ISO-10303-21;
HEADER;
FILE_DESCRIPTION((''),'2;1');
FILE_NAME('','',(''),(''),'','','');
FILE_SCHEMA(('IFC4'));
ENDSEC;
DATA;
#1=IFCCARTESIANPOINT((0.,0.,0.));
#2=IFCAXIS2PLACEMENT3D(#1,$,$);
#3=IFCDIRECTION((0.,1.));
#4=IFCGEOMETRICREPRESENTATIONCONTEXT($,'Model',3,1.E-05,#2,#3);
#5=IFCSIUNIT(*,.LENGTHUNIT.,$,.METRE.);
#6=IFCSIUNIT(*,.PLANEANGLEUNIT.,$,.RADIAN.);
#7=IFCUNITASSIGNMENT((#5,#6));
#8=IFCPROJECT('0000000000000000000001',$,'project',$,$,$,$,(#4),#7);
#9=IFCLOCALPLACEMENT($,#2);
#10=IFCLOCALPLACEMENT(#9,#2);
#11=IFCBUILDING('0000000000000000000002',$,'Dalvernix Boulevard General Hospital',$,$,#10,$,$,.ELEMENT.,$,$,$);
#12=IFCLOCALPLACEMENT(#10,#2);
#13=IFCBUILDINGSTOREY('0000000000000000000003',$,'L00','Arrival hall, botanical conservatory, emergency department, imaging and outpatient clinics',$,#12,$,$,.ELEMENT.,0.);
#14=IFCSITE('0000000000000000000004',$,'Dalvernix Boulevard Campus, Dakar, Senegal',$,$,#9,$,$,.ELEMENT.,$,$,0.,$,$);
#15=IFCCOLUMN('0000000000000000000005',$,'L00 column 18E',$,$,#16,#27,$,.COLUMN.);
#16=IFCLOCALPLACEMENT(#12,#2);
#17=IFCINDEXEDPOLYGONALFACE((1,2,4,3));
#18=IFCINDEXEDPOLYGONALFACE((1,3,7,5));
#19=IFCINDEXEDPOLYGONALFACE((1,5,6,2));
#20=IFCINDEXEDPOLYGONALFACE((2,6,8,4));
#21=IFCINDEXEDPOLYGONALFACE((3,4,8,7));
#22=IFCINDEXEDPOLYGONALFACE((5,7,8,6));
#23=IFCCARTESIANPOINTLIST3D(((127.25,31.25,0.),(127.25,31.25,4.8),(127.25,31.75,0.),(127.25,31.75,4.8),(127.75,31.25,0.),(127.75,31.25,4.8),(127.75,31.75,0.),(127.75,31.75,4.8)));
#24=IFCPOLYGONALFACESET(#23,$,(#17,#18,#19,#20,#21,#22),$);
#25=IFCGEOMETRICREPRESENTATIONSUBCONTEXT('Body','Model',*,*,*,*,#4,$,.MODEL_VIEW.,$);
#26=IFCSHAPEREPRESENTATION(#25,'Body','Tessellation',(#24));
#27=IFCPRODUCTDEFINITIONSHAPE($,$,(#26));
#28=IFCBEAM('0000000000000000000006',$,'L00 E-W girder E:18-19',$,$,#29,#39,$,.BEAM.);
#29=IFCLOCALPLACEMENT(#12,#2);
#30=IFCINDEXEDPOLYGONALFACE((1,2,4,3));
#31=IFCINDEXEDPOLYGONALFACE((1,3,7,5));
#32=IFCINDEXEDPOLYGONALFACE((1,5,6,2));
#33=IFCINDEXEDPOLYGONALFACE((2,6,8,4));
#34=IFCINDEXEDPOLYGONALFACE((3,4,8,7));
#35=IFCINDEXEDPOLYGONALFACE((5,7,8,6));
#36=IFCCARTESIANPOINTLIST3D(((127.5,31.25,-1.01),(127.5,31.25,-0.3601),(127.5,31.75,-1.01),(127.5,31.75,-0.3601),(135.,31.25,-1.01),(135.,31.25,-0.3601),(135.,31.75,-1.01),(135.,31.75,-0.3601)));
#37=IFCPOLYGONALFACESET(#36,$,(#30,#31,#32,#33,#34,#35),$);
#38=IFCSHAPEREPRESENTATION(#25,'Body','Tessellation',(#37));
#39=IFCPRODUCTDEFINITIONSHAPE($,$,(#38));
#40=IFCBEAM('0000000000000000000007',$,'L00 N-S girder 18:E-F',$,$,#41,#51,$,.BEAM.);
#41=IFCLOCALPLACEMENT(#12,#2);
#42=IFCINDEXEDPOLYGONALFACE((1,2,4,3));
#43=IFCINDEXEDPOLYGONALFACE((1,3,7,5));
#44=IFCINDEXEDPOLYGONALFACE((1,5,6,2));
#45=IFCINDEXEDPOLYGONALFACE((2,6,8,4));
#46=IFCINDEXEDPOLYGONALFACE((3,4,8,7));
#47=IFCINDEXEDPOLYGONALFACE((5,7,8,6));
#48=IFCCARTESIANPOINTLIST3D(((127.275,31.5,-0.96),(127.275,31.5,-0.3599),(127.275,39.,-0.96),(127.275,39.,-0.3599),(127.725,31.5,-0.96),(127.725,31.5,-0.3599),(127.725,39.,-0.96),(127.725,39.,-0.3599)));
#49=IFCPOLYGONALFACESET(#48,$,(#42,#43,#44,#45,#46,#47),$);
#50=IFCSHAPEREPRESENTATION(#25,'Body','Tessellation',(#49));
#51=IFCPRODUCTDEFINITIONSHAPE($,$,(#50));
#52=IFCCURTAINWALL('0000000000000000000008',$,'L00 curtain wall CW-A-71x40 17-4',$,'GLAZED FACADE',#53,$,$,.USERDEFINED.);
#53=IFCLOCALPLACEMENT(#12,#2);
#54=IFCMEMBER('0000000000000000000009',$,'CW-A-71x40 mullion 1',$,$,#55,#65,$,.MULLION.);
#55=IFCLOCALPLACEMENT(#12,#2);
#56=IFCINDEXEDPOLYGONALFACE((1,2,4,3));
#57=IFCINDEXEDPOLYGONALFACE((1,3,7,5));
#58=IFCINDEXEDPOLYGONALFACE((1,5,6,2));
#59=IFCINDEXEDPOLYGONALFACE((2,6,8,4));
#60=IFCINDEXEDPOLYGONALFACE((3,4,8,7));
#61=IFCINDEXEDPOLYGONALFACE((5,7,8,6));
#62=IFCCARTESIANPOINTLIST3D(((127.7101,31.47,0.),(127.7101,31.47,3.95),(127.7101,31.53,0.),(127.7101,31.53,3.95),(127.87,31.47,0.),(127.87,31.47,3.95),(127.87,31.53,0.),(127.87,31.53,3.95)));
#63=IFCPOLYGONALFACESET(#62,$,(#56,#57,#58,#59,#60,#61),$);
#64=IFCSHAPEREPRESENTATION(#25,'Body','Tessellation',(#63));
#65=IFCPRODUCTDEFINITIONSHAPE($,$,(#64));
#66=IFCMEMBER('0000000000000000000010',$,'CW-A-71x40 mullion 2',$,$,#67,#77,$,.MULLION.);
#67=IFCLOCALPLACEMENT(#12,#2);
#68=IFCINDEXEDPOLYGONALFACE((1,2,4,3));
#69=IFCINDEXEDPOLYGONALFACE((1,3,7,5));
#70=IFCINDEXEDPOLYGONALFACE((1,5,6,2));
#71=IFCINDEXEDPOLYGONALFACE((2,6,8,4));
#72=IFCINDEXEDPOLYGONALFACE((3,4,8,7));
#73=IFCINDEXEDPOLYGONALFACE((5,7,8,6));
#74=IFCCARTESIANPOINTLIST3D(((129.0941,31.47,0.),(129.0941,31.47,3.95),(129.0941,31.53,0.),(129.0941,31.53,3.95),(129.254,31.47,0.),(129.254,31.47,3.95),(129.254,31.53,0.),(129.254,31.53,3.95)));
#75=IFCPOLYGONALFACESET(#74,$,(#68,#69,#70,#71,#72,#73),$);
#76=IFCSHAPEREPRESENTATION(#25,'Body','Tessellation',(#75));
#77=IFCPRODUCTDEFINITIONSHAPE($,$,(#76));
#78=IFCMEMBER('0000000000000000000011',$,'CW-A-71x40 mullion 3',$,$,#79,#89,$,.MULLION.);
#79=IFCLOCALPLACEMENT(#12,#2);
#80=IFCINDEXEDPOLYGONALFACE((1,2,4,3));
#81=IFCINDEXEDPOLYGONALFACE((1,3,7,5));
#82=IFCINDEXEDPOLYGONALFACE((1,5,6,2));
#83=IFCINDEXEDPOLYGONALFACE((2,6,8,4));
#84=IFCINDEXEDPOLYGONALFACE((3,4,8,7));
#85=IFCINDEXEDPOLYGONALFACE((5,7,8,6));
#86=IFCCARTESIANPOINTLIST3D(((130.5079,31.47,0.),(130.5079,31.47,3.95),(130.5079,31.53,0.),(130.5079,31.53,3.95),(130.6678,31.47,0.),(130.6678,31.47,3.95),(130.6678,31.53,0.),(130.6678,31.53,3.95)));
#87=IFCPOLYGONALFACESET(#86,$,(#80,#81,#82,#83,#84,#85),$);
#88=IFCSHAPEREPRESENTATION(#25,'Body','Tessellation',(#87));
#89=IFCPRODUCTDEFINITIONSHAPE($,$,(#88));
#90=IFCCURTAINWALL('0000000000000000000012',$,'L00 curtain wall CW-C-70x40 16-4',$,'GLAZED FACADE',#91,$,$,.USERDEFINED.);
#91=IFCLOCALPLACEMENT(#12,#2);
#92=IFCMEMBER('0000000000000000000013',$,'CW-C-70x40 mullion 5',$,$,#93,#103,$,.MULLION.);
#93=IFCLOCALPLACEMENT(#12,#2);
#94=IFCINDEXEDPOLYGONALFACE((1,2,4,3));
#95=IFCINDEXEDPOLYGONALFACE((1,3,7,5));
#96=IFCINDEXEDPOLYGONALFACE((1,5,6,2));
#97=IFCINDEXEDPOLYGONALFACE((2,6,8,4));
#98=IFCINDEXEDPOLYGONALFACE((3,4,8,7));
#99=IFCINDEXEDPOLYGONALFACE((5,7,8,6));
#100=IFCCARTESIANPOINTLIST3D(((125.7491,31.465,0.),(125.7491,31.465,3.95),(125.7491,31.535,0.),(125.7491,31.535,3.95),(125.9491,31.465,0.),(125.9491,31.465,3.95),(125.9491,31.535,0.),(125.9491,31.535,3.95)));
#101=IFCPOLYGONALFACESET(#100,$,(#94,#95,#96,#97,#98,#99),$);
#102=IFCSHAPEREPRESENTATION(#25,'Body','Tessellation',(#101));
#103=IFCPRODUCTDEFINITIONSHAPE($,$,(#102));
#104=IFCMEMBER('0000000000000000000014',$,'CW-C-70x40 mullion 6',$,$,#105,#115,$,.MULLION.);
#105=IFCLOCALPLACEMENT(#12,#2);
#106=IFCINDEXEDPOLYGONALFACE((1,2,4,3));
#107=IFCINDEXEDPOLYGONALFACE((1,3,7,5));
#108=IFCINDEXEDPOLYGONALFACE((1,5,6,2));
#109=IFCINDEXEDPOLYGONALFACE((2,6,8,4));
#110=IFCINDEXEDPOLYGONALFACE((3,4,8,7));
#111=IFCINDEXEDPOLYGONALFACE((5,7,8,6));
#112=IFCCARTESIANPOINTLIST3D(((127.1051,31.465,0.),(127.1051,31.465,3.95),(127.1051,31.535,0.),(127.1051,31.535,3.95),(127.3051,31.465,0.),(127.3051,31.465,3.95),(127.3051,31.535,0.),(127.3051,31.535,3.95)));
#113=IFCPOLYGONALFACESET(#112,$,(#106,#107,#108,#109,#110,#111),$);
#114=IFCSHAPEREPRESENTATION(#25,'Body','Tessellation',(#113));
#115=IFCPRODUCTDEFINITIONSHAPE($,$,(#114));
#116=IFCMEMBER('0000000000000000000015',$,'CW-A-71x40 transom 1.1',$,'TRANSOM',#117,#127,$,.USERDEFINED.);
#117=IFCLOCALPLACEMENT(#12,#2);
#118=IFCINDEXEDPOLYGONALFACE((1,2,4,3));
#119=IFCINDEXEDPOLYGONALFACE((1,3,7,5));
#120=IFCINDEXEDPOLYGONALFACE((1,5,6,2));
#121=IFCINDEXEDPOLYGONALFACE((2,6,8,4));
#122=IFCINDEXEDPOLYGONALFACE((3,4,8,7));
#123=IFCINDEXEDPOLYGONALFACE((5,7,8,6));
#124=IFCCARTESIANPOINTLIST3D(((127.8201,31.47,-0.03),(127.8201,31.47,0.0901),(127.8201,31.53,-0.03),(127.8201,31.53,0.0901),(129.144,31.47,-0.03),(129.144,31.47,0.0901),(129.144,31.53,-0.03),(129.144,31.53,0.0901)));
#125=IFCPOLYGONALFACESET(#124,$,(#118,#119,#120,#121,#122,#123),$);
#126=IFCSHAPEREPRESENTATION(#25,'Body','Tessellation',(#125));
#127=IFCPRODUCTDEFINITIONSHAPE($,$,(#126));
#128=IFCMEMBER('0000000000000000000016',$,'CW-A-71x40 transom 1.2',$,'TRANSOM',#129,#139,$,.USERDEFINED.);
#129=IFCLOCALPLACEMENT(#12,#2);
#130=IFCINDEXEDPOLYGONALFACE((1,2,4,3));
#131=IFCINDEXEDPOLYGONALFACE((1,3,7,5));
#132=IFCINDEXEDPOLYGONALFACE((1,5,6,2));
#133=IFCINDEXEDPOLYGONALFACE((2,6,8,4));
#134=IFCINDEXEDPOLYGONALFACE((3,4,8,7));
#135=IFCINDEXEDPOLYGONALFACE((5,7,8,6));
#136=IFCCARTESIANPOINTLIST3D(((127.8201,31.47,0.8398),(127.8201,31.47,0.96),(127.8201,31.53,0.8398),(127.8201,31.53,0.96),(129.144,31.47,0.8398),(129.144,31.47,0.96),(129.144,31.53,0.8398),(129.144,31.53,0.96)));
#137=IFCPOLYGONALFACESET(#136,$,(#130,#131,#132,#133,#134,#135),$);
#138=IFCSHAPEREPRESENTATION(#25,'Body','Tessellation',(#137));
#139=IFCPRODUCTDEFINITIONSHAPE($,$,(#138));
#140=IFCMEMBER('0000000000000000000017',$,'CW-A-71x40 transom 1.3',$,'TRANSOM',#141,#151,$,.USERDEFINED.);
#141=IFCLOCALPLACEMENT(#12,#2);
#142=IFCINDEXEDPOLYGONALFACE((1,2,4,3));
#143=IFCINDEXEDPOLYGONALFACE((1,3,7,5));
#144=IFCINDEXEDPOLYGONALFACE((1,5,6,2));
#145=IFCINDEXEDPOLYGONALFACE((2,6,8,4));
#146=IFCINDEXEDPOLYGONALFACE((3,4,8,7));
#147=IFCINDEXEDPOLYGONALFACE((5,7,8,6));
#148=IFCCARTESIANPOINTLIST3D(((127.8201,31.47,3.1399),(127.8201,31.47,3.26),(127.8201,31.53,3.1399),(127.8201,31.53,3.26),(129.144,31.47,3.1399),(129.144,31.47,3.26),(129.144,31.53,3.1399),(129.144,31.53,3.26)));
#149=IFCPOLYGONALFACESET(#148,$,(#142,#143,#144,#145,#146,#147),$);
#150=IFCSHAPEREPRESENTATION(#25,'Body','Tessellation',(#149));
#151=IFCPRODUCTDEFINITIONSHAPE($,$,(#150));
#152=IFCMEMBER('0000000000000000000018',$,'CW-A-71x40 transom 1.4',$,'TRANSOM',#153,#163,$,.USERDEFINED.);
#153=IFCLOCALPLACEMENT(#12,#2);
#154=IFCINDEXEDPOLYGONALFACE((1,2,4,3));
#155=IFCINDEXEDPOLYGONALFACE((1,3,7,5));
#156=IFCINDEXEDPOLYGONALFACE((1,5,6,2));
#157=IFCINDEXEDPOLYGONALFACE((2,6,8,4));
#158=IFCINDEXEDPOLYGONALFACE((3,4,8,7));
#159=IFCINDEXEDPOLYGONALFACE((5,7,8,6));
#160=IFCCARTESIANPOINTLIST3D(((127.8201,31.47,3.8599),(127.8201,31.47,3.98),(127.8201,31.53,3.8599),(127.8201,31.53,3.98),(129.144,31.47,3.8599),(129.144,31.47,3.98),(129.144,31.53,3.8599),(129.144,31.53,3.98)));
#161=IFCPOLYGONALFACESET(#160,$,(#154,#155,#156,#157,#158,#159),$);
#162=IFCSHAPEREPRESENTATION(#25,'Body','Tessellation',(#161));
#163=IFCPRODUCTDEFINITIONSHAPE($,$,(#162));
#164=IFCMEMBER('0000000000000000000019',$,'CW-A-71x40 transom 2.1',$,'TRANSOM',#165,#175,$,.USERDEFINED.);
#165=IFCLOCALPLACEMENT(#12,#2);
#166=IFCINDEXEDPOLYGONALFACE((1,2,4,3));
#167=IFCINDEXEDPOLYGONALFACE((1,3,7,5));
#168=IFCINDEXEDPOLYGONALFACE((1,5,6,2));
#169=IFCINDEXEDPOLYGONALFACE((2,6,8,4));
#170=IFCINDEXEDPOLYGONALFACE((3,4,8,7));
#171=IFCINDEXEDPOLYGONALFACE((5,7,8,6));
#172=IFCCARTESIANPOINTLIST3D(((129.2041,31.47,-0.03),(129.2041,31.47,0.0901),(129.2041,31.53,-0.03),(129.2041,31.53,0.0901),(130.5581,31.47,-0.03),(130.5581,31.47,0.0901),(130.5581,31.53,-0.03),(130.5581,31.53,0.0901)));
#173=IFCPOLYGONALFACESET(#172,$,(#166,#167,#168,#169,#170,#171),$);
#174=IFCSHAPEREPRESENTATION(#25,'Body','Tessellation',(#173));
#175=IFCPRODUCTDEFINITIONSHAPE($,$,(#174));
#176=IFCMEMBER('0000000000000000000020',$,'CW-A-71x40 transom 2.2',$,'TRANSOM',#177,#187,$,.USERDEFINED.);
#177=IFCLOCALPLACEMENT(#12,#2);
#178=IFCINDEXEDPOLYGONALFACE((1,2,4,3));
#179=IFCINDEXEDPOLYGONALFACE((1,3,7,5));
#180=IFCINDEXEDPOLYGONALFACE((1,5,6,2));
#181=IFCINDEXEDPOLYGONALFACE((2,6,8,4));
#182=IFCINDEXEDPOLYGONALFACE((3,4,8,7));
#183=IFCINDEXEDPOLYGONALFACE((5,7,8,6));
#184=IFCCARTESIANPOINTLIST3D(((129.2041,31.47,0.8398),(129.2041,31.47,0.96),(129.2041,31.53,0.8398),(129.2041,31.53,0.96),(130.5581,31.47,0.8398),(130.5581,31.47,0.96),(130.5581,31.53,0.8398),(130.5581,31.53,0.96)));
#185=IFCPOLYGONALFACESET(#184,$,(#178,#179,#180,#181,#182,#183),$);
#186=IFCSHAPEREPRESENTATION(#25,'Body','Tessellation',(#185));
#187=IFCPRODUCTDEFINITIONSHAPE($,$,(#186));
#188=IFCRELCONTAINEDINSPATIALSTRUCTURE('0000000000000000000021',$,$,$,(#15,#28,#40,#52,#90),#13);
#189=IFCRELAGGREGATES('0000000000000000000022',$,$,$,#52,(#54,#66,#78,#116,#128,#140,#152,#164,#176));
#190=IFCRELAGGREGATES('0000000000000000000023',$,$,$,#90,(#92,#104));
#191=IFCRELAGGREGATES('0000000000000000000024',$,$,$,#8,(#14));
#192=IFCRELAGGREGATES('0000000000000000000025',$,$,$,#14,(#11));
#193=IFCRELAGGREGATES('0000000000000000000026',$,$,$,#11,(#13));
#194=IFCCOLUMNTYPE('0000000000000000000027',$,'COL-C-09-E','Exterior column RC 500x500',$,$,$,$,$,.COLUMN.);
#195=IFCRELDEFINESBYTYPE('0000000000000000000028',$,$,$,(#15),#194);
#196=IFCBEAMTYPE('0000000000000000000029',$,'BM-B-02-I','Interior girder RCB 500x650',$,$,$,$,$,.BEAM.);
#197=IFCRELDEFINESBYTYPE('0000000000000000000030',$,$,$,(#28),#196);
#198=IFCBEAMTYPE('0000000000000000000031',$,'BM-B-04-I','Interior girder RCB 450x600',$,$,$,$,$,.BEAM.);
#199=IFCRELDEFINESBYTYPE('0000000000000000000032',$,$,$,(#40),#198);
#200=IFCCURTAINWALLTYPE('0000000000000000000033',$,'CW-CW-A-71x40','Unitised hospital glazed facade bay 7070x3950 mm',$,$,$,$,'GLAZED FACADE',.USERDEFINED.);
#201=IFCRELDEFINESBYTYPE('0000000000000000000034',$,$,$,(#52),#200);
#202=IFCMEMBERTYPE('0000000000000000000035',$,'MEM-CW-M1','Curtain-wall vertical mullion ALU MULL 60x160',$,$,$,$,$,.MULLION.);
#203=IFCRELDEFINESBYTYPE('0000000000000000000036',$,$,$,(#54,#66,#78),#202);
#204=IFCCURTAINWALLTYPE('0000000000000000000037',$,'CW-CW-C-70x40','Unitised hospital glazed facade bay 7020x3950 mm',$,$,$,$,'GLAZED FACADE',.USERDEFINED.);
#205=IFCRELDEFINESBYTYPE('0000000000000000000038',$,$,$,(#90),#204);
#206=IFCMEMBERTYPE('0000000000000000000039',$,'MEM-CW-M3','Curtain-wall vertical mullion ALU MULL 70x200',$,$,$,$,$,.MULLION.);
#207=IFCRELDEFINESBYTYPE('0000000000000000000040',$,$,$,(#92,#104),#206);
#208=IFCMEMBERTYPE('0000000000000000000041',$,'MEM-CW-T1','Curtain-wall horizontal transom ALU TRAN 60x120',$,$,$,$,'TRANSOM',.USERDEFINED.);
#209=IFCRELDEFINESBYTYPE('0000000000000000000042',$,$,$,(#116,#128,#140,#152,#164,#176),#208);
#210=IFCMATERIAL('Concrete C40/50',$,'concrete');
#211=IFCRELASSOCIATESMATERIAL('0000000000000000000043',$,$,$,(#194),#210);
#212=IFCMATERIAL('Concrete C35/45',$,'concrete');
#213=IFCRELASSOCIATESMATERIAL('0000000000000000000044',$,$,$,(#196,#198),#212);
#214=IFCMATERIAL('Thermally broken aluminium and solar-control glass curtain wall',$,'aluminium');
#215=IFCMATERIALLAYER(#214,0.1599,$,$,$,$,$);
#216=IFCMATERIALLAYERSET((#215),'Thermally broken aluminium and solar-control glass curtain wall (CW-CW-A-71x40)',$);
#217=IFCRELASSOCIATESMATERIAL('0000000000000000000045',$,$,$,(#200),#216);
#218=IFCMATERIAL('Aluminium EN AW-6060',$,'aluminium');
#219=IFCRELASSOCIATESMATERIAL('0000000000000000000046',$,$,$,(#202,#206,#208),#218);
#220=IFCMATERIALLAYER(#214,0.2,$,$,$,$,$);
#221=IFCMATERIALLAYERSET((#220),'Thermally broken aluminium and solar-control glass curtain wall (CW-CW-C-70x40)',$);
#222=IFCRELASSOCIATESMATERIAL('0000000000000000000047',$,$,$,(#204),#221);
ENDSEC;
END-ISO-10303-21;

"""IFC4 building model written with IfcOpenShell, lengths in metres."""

from ifc_helpers import new_model, si_unit, direction, frame, origin, origin_2d, place, context, subcontext, project, spatial, rectangle, extrude, material, layer, layer_set, material_profile, profile_set, type_object, element, aggregate, save


model = new_model("IFC4")

# Units and contexts
model_context = context("Model", 3, precision=1e-05, world=origin(), true_north=direction((0.0, 1.0)))
body_context = subcontext(model_context, "Body", "Model", "MODEL_VIEW")
ifc_project = project(units=[si_unit("LENGTHUNIT", "METRE"), si_unit("PLANEANGLEUNIT", "RADIAN")], contexts=[model_context])

# Site, building, storey
site_placement = place(None, origin())
site = spatial("IfcSite", under=ifc_project, at=site_placement, Name="Dalvernix Boulevard Campus, Dakar, Senegal", CompositionType="ELEMENT", RefElevation=0.0)
building_placement = place(site_placement, origin())
building = spatial("IfcBuilding", under=site, at=building_placement, Name="Dalvernix Boulevard General Hospital", CompositionType="ELEMENT")
storey_placement = place(building_placement, origin())
storey = spatial("IfcBuildingStorey", under=building, at=storey_placement, Name="L00", Description="Arrival hall, botanical conservatory, emergency department, imaging and outpatient clinics", CompositionType="ELEMENT", Elevation=0.0)

# Column
ifc_material_1 = material(Name="Concrete C40/50", Category="concrete")
ifc_material_profile_1 = material_profile(ifc_material_1, rectangle(XDim=0.5, YDim=0.5, at=origin_2d()), Name="RC 500x500")
ifc_profile_set_1 = profile_set([ifc_material_profile_1], Name="Concrete C40/50")
column_type = type_object("IfcColumnType", Name="COL-C-09-E", Description="Exterior column RC 500x500", PredefinedType="COLUMN", material=ifc_profile_set_1)
column_placement = place(storey_placement, frame((127.5, 31.5, 0.0), z_axis=(0.0, 0.0, 1.0), x_axis=(1.0, 0.0, 0.0)))
element("IfcColumn", 1, at=column_placement, inside=storey, type_object=column_type, Name="L00 column 18E", PredefinedType="COLUMN", context=body_context, shape_type="SweptSolid", body=[
    extrude(rectangle(XDim=0.5, YDim=0.5, at=origin_2d()), origin(), (0.0, 0.0, 1.0), 4.8),
])

# Beams
ifc_material_2 = material(Name="Concrete C35/45", Category="concrete")
ifc_material_profile_2 = material_profile(ifc_material_2, rectangle(XDim=0.5, YDim=0.6499, at=origin_2d()), Name="RCB 500x650")
ifc_profile_set_2 = profile_set([ifc_material_profile_2], Name="Concrete C35/45")
beam_type_1 = type_object("IfcBeamType", Name="BM-B-02-I", Description="Interior girder RCB 500x650", PredefinedType="BEAM", material=ifc_profile_set_2)
beam_1_placement = place(storey_placement, frame((127.5, 31.5, -0.6851), z_axis=(1.0, 0.0, 0.0), x_axis=(0.0, 1.0, 0.0)))
element("IfcBeam", 2, at=beam_1_placement, inside=storey, type_object=beam_type_1, Name="L00 E-W girder E:18-19", PredefinedType="BEAM", context=body_context, shape_type="SweptSolid", body=[
    extrude(rectangle(XDim=0.5, YDim=0.6499, at=origin_2d()), origin(), (0.0, 0.0, 1.0), 7.5),
])
ifc_material_profile_3 = material_profile(ifc_material_2, rectangle(XDim=0.45, YDim=0.6001, at=origin_2d()), Name="RCB 450x600")
ifc_profile_set_3 = profile_set([ifc_material_profile_3], Name="Concrete C35/45")
beam_type_2 = type_object("IfcBeamType", Name="BM-B-04-I", Description="Interior girder RCB 450x600", PredefinedType="BEAM", material=ifc_profile_set_3)
beam_2_placement = place(storey_placement, frame((127.5, 31.5, -0.6599), z_axis=(0.0, 1.0, 0.0), x_axis=(-1.0, 0.0, 0.0)))
element("IfcBeam", 3, at=beam_2_placement, inside=storey, type_object=beam_type_2, Name="L00 N-S girder 18:E-F", PredefinedType="BEAM", context=body_context, shape_type="SweptSolid", body=[
    extrude(rectangle(XDim=0.45, YDim=0.6001, at=origin_2d()), origin(), (0.0, 0.0, 1.0), 7.5),
])

# Curtain walls, members
ifc_material_3 = material(Name="Thermally broken aluminium and solar-control glass curtain wall", Category="aluminium")
ifc_layer_1 = layer(ifc_material_3, 0.1599)
ifc_layer_set_1 = layer_set([ifc_layer_1], Name="Thermally broken aluminium and solar-control glass curtain wall (CW-CW-A-71x40)")
curtain_wall_type_1 = type_object("IfcCurtainWallType", Name="CW-CW-A-71x40", Description="Unitised hospital glazed facade bay 7070x3950 mm", ElementType="GLAZED FACADE", PredefinedType="USERDEFINED", material=ifc_layer_set_1)
curtain_wall_1_placement = place(storey_placement, origin())
curtain_wall_1 = element("IfcCurtainWall", 4, at=curtain_wall_1_placement, inside=storey, type_object=curtain_wall_type_1, Name="L00 curtain wall CW-A-71x40 17-4", ObjectType="GLAZED FACADE", PredefinedType="USERDEFINED")
ifc_material_4 = material(Name="Aluminium EN AW-6060", Category="aluminium")
ifc_material_profile_4 = material_profile(ifc_material_4, rectangle(XDim=0.0601, YDim=0.1599, at=origin_2d()), Name="ALU MULL 60x160")
ifc_profile_set_4 = profile_set([ifc_material_profile_4], Name="Aluminium EN AW-6060")
member_type_1 = type_object("IfcMemberType", Name="MEM-CW-M1", Description="Curtain-wall vertical mullion ALU MULL 60x160", PredefinedType="MULLION", material=ifc_profile_set_4)
member_1_placement = place(storey_placement, frame((127.79, 31.5, 0.0), z_axis=(0.0, 0.0, 1.0), x_axis=(0.0, 1.0, 0.0)))
member_1 = element("IfcMember", 5, at=member_1_placement, type_object=member_type_1, Name="CW-A-71x40 mullion 1", PredefinedType="MULLION", context=body_context, shape_type="SweptSolid", body=[
    extrude(rectangle(XDim=0.0601, YDim=0.1599, at=origin_2d()), origin(), (0.0, 0.0, 1.0), 3.95),
])
member_2_placement = place(storey_placement, frame((129.1741, 31.5, 0.0), z_axis=(0.0, 0.0, 1.0), x_axis=(0.0, 1.0, 0.0)))
member_2 = element("IfcMember", 6, at=member_2_placement, type_object=member_type_1, Name="CW-A-71x40 mullion 2", PredefinedType="MULLION", context=body_context, shape_type="SweptSolid", body=[
    extrude(rectangle(XDim=0.0601, YDim=0.1599, at=origin_2d()), origin(), (0.0, 0.0, 1.0), 3.95),
])
member_3_placement = place(storey_placement, frame((130.5879, 31.5, 0.0), z_axis=(0.0, 0.0, 1.0), x_axis=(0.0, 1.0, 0.0)))
member_3 = element("IfcMember", 7, at=member_3_placement, type_object=member_type_1, Name="CW-A-71x40 mullion 3", PredefinedType="MULLION", context=body_context, shape_type="SweptSolid", body=[
    extrude(rectangle(XDim=0.0601, YDim=0.1599, at=origin_2d()), origin(), (0.0, 0.0, 1.0), 3.95),
])
ifc_layer_2 = layer(ifc_material_3, 0.2)
ifc_layer_set_2 = layer_set([ifc_layer_2], Name="Thermally broken aluminium and solar-control glass curtain wall (CW-CW-C-70x40)")
curtain_wall_type_2 = type_object("IfcCurtainWallType", Name="CW-CW-C-70x40", Description="Unitised hospital glazed facade bay 7020x3950 mm", ElementType="GLAZED FACADE", PredefinedType="USERDEFINED", material=ifc_layer_set_2)
curtain_wall_2_placement = place(storey_placement, origin())
curtain_wall_2 = element("IfcCurtainWall", 8, at=curtain_wall_2_placement, inside=storey, type_object=curtain_wall_type_2, Name="L00 curtain wall CW-C-70x40 16-4", ObjectType="GLAZED FACADE", PredefinedType="USERDEFINED")
ifc_material_profile_5 = material_profile(ifc_material_4, rectangle(XDim=0.0701, YDim=0.2, at=origin_2d()), Name="ALU MULL 70x200")
ifc_profile_set_5 = profile_set([ifc_material_profile_5], Name="Aluminium EN AW-6060")
member_type_2 = type_object("IfcMemberType", Name="MEM-CW-M3", Description="Curtain-wall vertical mullion ALU MULL 70x200", PredefinedType="MULLION", material=ifc_profile_set_5)
member_4_placement = place(storey_placement, frame((125.8491, 31.5, 0.0), z_axis=(0.0, 0.0, 1.0), x_axis=(0.0, 1.0, 0.0)))
member_4 = element("IfcMember", 9, at=member_4_placement, type_object=member_type_2, Name="CW-C-70x40 mullion 5", PredefinedType="MULLION", context=body_context, shape_type="SweptSolid", body=[
    extrude(rectangle(XDim=0.0701, YDim=0.2, at=origin_2d()), origin(), (0.0, 0.0, 1.0), 3.95),
])
member_5_placement = place(storey_placement, frame((127.2051, 31.5, 0.0), z_axis=(0.0, 0.0, 1.0), x_axis=(0.0, 1.0, 0.0)))
member_5 = element("IfcMember", 10, at=member_5_placement, type_object=member_type_2, Name="CW-C-70x40 mullion 6", PredefinedType="MULLION", context=body_context, shape_type="SweptSolid", body=[
    extrude(rectangle(XDim=0.0701, YDim=0.2, at=origin_2d()), origin(), (0.0, 0.0, 1.0), 3.95),
])

# Members
ifc_material_profile_6 = material_profile(ifc_material_4, rectangle(XDim=0.0601, YDim=0.1201, at=origin_2d()), Name="ALU TRAN 60x120")
ifc_profile_set_6 = profile_set([ifc_material_profile_6], Name="Aluminium EN AW-6060")
member_type_3 = type_object("IfcMemberType", Name="MEM-CW-T1", Description="Curtain-wall horizontal transom ALU TRAN 60x120", ElementType="TRANSOM", PredefinedType="USERDEFINED", material=ifc_profile_set_6)
member_6_placement = place(storey_placement, frame((127.8201, 31.5, 0.03), z_axis=(1.0, 0.0, 0.0), x_axis=(0.0, 1.0, 0.0)))
member_6 = element("IfcMember", 11, at=member_6_placement, type_object=member_type_3, Name="CW-A-71x40 transom 1.1", ObjectType="TRANSOM", PredefinedType="USERDEFINED", context=body_context, shape_type="SweptSolid", body=[
    extrude(rectangle(XDim=0.0601, YDim=0.1201, at=origin_2d()), origin(), (0.0, 0.0, 1.0), 1.324),
])
member_7_placement = place(storey_placement, frame((127.8201, 31.5, 0.8999), z_axis=(1.0, 0.0, 0.0), x_axis=(0.0, 1.0, 0.0)))
member_7 = element("IfcMember", 12, at=member_7_placement, type_object=member_type_3, Name="CW-A-71x40 transom 1.2", ObjectType="TRANSOM", PredefinedType="USERDEFINED", context=body_context, shape_type="SweptSolid", body=[
    extrude(rectangle(XDim=0.0601, YDim=0.1201, at=origin_2d()), origin(), (0.0, 0.0, 1.0), 1.324),
])
member_8_placement = place(storey_placement, frame((127.8201, 31.5, 3.2), z_axis=(1.0, 0.0, 0.0), x_axis=(0.0, 1.0, 0.0)))
member_8 = element("IfcMember", 13, at=member_8_placement, type_object=member_type_3, Name="CW-A-71x40 transom 1.3", ObjectType="TRANSOM", PredefinedType="USERDEFINED", context=body_context, shape_type="SweptSolid", body=[
    extrude(rectangle(XDim=0.0601, YDim=0.1201, at=origin_2d()), origin(), (0.0, 0.0, 1.0), 1.324),
])
member_9_placement = place(storey_placement, frame((127.8201, 31.5, 3.9199), z_axis=(1.0, 0.0, 0.0), x_axis=(0.0, 1.0, 0.0)))
member_9 = element("IfcMember", 14, at=member_9_placement, type_object=member_type_3, Name="CW-A-71x40 transom 1.4", ObjectType="TRANSOM", PredefinedType="USERDEFINED", context=body_context, shape_type="SweptSolid", body=[
    extrude(rectangle(XDim=0.0601, YDim=0.1201, at=origin_2d()), origin(), (0.0, 0.0, 1.0), 1.324),
])
member_10_placement = place(storey_placement, frame((129.2041, 31.5, 0.03), z_axis=(1.0, 0.0, 0.0), x_axis=(0.0, 1.0, 0.0)))
member_10 = element("IfcMember", 15, at=member_10_placement, type_object=member_type_3, Name="CW-A-71x40 transom 2.1", ObjectType="TRANSOM", PredefinedType="USERDEFINED", context=body_context, shape_type="SweptSolid", body=[
    extrude(rectangle(XDim=0.0601, YDim=0.1201, at=origin_2d()), origin(), (0.0, 0.0, 1.0), 1.354),
])
member_11_placement = place(storey_placement, frame((129.2041, 31.5, 0.8999), z_axis=(1.0, 0.0, 0.0), x_axis=(0.0, 1.0, 0.0)))
member_11 = element("IfcMember", 16, at=member_11_placement, type_object=member_type_3, Name="CW-A-71x40 transom 2.2", ObjectType="TRANSOM", PredefinedType="USERDEFINED", context=body_context, shape_type="SweptSolid", body=[
    extrude(rectangle(XDim=0.0601, YDim=0.1201, at=origin_2d()), origin(), (0.0, 0.0, 1.0), 1.354),
])

aggregate(curtain_wall_1, [member_1, member_2, member_3, member_6, member_7, member_8, member_9, member_10, member_11])
aggregate(curtain_wall_2, [member_4, member_5])

save(model, "model.ifc")
